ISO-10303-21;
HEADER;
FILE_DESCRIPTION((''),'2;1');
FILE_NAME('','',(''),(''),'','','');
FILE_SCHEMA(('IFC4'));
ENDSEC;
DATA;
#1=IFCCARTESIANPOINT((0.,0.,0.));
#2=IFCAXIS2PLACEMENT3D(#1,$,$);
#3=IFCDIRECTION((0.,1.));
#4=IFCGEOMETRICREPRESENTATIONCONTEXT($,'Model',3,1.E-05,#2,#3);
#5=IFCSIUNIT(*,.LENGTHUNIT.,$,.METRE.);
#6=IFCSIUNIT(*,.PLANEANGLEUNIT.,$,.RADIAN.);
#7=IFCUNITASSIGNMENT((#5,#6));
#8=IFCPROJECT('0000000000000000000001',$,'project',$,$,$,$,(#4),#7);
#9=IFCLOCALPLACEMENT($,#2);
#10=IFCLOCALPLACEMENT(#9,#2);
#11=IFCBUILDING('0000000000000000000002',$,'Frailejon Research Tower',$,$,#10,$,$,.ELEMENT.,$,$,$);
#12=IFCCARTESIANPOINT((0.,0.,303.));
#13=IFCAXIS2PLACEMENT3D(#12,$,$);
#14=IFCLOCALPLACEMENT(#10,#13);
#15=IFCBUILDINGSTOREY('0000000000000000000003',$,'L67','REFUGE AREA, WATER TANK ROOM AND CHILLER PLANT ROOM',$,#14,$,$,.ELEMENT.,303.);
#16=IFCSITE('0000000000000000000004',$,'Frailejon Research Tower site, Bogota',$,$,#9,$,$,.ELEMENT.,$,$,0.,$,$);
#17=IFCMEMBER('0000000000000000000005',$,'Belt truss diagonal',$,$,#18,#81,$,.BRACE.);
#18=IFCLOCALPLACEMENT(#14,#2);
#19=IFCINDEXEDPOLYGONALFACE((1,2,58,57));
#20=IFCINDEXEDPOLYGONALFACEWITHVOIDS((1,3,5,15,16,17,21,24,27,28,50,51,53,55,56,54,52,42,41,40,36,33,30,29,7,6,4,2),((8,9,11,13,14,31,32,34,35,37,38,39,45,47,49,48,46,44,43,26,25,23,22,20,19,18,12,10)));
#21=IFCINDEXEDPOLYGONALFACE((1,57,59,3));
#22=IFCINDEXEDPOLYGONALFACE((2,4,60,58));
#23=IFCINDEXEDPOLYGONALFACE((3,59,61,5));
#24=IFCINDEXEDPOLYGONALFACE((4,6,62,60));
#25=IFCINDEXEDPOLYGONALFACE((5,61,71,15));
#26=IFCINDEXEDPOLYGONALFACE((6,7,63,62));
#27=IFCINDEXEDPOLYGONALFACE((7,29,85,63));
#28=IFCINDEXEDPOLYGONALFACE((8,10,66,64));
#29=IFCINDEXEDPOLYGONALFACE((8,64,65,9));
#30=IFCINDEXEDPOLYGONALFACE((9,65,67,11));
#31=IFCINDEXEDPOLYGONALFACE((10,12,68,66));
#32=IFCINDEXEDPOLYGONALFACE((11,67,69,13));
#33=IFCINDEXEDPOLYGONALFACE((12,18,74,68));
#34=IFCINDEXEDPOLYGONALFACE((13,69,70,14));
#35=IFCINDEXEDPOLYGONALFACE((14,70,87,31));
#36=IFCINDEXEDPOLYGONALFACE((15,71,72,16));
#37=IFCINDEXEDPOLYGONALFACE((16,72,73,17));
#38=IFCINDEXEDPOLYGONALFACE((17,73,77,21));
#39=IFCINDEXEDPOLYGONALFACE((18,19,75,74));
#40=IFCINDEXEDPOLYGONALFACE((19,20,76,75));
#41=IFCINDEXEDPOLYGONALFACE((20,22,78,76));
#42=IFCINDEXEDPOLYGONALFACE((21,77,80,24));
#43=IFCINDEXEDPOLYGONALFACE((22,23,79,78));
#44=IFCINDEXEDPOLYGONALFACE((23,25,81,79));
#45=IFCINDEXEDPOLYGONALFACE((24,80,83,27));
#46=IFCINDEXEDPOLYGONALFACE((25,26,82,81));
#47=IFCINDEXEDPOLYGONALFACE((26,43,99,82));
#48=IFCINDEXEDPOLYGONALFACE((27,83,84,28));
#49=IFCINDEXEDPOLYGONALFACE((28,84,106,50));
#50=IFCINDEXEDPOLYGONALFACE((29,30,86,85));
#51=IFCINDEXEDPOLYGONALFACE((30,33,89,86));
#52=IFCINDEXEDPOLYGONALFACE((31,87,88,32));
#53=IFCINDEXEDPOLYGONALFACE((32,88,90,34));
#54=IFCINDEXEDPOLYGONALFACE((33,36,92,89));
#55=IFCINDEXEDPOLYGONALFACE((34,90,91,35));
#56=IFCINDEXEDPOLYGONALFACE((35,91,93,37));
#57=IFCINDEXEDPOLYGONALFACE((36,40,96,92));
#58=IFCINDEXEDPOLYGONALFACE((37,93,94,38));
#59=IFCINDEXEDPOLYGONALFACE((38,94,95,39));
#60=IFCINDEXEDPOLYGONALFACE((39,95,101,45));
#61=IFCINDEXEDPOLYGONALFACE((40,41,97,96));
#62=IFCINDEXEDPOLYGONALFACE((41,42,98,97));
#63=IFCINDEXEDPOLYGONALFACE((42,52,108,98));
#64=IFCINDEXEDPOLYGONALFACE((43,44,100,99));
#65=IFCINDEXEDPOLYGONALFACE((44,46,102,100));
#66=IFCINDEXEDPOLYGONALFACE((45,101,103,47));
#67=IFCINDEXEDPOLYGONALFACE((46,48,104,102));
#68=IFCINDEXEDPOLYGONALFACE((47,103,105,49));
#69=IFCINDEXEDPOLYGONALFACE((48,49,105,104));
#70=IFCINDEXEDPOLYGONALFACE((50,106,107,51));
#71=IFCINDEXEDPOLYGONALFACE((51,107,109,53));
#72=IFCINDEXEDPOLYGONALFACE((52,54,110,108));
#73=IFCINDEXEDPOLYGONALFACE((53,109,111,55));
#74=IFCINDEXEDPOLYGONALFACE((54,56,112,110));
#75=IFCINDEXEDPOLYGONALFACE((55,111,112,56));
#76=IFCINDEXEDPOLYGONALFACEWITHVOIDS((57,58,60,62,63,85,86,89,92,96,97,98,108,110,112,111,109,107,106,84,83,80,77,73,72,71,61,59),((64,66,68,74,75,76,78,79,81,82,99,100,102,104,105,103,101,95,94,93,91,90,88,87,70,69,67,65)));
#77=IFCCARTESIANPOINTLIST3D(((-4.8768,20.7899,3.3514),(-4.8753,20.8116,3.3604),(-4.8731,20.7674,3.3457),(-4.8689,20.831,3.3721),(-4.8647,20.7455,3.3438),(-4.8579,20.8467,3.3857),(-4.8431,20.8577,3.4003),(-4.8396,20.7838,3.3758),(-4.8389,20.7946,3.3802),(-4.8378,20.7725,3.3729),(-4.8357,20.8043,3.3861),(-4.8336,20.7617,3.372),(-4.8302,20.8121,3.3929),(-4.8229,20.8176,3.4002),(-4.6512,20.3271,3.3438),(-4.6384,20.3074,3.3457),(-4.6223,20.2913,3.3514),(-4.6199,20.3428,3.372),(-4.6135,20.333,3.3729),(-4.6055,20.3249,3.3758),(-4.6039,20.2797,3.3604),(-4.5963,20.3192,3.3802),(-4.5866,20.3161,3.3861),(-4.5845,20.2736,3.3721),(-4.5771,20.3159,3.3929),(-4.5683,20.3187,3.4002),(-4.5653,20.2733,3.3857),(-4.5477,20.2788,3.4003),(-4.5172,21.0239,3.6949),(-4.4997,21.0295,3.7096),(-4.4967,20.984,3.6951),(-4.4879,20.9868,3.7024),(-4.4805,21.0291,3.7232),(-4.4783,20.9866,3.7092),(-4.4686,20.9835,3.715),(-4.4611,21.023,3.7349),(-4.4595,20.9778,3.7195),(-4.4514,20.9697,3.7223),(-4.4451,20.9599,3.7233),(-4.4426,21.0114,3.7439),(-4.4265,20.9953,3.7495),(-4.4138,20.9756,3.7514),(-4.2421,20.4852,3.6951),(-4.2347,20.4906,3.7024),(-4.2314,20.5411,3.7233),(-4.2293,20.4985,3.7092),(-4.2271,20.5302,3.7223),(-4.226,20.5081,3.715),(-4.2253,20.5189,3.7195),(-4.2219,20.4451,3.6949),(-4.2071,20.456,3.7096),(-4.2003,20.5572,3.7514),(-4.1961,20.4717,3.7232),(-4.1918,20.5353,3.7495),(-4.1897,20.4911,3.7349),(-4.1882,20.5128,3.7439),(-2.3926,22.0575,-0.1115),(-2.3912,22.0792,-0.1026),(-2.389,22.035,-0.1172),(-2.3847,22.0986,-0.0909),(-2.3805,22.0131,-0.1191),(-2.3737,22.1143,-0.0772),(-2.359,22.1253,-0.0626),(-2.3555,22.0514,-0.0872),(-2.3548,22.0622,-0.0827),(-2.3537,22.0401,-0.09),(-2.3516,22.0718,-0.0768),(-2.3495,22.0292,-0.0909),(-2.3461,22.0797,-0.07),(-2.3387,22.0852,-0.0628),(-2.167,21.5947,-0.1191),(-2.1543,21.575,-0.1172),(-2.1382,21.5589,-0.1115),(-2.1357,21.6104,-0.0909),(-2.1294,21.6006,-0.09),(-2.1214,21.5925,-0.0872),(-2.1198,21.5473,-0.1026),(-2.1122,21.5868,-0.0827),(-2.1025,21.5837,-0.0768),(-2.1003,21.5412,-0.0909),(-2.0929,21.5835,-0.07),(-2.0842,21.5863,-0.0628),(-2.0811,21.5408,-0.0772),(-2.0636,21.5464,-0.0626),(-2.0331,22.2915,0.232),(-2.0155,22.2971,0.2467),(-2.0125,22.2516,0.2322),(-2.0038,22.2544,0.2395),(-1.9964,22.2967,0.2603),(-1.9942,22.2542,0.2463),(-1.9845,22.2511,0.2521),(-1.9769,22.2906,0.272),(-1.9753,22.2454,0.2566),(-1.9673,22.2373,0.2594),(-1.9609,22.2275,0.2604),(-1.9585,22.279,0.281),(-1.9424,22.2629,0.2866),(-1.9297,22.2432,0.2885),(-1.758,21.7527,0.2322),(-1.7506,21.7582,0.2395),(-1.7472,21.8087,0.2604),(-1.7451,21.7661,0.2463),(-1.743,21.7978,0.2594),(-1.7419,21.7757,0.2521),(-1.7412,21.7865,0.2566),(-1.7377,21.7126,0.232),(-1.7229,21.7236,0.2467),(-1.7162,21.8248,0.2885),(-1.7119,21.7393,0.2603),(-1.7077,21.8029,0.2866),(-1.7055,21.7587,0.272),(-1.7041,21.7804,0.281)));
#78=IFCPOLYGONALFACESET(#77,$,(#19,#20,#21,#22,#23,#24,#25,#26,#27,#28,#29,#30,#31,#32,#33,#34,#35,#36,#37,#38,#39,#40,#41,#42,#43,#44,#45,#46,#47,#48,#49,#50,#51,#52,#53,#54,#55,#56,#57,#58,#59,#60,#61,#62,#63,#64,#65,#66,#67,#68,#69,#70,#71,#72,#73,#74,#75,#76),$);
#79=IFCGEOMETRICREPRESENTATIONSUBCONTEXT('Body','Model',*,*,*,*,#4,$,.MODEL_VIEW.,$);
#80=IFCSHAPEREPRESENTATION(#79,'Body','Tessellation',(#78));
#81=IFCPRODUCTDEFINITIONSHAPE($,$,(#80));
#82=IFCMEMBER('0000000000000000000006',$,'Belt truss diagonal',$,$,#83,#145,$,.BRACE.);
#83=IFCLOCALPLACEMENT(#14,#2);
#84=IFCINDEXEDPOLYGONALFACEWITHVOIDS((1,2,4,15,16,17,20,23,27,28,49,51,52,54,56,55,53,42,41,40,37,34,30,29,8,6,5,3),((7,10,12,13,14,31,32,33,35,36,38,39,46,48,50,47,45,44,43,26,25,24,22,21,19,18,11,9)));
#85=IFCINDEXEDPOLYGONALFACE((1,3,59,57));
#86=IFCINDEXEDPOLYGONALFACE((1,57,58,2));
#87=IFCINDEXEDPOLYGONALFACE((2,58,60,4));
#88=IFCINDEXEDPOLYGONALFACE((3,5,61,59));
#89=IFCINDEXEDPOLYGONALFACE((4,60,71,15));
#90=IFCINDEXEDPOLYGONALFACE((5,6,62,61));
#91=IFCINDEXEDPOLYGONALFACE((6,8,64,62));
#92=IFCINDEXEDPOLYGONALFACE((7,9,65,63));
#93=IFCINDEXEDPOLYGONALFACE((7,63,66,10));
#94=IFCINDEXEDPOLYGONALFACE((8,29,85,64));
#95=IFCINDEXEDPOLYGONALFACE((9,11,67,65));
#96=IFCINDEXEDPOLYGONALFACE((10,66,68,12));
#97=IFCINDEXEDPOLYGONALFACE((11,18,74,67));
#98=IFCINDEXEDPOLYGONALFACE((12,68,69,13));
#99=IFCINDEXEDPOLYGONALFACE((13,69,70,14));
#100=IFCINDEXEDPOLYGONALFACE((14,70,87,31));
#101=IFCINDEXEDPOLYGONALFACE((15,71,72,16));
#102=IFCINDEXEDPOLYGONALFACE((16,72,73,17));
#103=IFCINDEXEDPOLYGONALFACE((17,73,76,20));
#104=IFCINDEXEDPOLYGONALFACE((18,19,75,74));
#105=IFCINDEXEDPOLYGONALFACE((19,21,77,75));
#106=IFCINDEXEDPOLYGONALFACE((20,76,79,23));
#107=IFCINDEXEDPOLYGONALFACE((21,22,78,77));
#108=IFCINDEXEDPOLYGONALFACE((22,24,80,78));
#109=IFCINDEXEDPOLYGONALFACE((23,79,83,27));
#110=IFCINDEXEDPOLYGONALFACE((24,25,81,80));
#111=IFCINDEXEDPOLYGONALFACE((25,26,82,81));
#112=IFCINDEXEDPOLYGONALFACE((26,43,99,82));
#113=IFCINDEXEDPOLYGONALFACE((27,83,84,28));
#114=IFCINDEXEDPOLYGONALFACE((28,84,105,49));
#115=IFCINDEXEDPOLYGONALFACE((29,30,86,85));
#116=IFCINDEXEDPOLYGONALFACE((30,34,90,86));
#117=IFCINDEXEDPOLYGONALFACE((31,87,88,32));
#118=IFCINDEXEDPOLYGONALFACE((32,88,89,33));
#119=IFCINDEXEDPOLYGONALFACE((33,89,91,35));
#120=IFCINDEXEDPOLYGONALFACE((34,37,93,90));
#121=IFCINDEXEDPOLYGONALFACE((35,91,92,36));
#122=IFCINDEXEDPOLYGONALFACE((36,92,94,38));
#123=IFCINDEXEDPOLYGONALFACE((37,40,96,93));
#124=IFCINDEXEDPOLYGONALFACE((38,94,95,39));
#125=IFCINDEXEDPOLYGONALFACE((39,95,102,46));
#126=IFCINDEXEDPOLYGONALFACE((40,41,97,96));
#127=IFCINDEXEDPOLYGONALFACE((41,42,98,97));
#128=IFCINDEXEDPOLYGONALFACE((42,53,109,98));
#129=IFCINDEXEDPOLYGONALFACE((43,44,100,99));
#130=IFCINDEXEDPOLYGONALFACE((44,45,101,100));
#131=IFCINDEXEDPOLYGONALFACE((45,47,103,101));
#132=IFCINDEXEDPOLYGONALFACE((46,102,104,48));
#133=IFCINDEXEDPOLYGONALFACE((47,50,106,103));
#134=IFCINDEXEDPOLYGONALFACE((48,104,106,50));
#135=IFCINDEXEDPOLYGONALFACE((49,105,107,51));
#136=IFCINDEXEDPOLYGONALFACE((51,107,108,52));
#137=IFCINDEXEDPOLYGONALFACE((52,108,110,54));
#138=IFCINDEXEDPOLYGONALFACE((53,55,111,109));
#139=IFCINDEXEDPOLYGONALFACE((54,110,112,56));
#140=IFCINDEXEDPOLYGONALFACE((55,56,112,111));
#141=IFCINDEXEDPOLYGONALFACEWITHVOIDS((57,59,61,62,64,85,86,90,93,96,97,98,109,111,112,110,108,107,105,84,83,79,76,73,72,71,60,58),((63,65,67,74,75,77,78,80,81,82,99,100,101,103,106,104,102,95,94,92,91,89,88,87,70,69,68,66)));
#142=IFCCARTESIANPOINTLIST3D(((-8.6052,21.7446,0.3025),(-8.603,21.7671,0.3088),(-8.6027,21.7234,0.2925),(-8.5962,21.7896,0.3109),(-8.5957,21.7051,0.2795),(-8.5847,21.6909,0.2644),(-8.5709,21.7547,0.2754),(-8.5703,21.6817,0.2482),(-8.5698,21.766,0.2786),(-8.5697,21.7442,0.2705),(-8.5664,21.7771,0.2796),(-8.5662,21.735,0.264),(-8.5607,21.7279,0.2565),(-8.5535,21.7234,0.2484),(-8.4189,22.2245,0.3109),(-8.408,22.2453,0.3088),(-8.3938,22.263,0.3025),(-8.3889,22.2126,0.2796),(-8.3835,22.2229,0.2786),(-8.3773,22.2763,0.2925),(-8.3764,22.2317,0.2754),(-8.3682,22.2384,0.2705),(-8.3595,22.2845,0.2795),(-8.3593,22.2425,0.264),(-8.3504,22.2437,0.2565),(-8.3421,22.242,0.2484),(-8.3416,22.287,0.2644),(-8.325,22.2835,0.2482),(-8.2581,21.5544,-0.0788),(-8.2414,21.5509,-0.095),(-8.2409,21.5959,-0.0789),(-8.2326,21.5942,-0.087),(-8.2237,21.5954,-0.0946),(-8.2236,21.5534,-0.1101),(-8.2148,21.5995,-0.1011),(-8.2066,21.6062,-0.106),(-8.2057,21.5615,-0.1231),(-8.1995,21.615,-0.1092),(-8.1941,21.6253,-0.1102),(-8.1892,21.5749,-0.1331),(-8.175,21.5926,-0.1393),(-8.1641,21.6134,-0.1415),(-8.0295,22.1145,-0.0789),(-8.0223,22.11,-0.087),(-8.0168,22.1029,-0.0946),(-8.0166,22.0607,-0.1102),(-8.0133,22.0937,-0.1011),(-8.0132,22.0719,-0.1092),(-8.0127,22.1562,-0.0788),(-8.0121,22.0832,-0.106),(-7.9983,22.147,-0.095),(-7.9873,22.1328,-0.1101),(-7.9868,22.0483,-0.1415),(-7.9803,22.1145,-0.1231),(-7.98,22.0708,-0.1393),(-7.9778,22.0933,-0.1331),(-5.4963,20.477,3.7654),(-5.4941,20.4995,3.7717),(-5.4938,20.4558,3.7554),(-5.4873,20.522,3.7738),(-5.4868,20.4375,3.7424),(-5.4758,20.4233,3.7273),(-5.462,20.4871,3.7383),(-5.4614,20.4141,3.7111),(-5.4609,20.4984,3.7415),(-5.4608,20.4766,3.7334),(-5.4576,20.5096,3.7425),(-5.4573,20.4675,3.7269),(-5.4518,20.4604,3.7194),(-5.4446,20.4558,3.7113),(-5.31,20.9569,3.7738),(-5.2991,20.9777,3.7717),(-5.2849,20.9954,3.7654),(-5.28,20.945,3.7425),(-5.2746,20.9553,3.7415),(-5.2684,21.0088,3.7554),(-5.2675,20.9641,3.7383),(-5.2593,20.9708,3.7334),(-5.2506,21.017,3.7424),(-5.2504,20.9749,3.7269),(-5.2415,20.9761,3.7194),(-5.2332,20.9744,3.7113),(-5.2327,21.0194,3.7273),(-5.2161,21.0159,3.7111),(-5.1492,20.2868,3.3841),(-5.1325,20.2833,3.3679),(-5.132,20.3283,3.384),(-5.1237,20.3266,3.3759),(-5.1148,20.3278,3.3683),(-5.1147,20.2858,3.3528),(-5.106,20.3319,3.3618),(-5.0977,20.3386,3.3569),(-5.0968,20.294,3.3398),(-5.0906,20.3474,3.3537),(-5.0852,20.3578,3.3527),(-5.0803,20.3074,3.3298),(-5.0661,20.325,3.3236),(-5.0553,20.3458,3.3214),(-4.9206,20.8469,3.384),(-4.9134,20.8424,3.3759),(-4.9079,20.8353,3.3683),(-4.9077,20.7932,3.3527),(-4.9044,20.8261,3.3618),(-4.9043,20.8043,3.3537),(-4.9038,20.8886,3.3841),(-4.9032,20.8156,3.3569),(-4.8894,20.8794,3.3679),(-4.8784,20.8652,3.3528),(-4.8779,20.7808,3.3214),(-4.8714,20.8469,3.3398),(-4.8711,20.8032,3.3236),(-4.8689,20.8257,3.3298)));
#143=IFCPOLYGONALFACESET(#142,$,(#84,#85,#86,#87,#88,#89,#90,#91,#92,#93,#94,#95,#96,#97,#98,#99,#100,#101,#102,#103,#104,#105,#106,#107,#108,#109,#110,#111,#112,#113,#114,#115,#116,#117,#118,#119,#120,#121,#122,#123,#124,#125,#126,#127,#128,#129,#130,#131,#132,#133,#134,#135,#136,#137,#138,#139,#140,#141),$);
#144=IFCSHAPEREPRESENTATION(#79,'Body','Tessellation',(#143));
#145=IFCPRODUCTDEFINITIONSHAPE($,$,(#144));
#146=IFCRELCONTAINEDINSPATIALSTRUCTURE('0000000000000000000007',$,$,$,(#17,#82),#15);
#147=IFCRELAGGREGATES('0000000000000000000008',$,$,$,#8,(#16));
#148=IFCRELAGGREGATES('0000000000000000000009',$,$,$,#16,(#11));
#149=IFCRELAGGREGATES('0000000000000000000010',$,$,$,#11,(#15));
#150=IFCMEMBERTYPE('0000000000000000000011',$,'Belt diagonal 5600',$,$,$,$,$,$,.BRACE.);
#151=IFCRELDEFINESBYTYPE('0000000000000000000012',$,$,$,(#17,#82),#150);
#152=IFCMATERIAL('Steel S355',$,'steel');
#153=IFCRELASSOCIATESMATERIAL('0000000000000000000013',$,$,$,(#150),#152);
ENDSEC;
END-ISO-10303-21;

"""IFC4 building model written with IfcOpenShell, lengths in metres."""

from ifc_helpers import new_model, si_unit, direction, frame, origin, origin_2d, place, context, subcontext, project, spatial, hollow_rectangle, extrude, material, material_profile, profile_set, type_object, element, save


model = new_model("IFC4")

# Units and contexts
model_context = context("Model", 3, precision=1e-05, world=origin(), true_north=direction((0.0, 1.0)))
body_context = subcontext(model_context, "Body", "Model", "MODEL_VIEW")
ifc_project = project(units=[si_unit("LENGTHUNIT", "METRE"), si_unit("PLANEANGLEUNIT", "RADIAN")], contexts=[model_context])

# Site, building, storey
site_placement = place(None, origin())
site = spatial("IfcSite", under=ifc_project, at=site_placement, Name="Frailejon Research Tower site, Bogota", CompositionType="ELEMENT", RefElevation=0.0)
building_placement = place(site_placement, origin())
building = spatial("IfcBuilding", under=site, at=building_placement, Name="Frailejon Research Tower", CompositionType="ELEMENT")
storey_placement = place(building_placement, frame((0.0, 0.0, 303.0)))
storey = spatial("IfcBuildingStorey", under=building, at=storey_placement, Name="L67", Description="REFUGE AREA, WATER TANK ROOM AND CHILLER PLANT ROOM", CompositionType="ELEMENT", Elevation=303.0)

# Members
ifc_material_1 = material(Name="Steel S355", Category="steel")
ifc_material_profile_1 = material_profile(ifc_material_1, hollow_rectangle(XDim=0.6499, YDim=0.6499, WallThickness=0.0449, InnerFilletRadius=0.0449, OuterFilletRadius=0.0901, at=origin_2d()), Name="Belt diagonal 5600")
ifc_profile_set_1 = profile_set([ifc_material_profile_1], Name="Steel S355")
member_type = type_object("IfcMemberType", Name="Belt diagonal 5600", PredefinedType="BRACE", material=ifc_profile_set_1)
member_1_placement = place(storey_placement, frame((-2.0483, 21.9189, 0.0847), z_axis=(-0.558701, -0.285088, 0.778831), x_axis=(0.454517, -0.890738, 0.0)))
element("IfcMember", 1, at=member_1_placement, inside=storey, type_object=member_type, Name="Belt truss diagonal", PredefinedType="BRACE", context=body_context, shape_type="SweptSolid", body=[
    extrude(hollow_rectangle(XDim=0.6499, YDim=0.6499, WallThickness=0.0449, InnerFilletRadius=0.0449, OuterFilletRadius=0.0901, at=origin_2d()), origin(), (0.0, 0.0, 1.0), 4.4463),
])
member_2_placement = place(storey_placement, frame((-5.1826, 20.6514, 3.5476), z_axis=(-0.644565, 0.262807, -0.717961), x_axis=(-0.377551, -0.925989, 0.0)))
element("IfcMember", 2, at=member_2_placement, inside=storey, type_object=member_type, Name="Belt truss diagonal", PredefinedType="BRACE", context=body_context, shape_type="SweptSolid", body=[
    extrude(hollow_rectangle(XDim=0.6499, YDim=0.6499, WallThickness=0.0449, InnerFilletRadius=0.0449, OuterFilletRadius=0.0901, at=origin_2d()), origin(), (0.0, 0.0, 1.0), 4.8232),
])

save(model, "model.ifc")
